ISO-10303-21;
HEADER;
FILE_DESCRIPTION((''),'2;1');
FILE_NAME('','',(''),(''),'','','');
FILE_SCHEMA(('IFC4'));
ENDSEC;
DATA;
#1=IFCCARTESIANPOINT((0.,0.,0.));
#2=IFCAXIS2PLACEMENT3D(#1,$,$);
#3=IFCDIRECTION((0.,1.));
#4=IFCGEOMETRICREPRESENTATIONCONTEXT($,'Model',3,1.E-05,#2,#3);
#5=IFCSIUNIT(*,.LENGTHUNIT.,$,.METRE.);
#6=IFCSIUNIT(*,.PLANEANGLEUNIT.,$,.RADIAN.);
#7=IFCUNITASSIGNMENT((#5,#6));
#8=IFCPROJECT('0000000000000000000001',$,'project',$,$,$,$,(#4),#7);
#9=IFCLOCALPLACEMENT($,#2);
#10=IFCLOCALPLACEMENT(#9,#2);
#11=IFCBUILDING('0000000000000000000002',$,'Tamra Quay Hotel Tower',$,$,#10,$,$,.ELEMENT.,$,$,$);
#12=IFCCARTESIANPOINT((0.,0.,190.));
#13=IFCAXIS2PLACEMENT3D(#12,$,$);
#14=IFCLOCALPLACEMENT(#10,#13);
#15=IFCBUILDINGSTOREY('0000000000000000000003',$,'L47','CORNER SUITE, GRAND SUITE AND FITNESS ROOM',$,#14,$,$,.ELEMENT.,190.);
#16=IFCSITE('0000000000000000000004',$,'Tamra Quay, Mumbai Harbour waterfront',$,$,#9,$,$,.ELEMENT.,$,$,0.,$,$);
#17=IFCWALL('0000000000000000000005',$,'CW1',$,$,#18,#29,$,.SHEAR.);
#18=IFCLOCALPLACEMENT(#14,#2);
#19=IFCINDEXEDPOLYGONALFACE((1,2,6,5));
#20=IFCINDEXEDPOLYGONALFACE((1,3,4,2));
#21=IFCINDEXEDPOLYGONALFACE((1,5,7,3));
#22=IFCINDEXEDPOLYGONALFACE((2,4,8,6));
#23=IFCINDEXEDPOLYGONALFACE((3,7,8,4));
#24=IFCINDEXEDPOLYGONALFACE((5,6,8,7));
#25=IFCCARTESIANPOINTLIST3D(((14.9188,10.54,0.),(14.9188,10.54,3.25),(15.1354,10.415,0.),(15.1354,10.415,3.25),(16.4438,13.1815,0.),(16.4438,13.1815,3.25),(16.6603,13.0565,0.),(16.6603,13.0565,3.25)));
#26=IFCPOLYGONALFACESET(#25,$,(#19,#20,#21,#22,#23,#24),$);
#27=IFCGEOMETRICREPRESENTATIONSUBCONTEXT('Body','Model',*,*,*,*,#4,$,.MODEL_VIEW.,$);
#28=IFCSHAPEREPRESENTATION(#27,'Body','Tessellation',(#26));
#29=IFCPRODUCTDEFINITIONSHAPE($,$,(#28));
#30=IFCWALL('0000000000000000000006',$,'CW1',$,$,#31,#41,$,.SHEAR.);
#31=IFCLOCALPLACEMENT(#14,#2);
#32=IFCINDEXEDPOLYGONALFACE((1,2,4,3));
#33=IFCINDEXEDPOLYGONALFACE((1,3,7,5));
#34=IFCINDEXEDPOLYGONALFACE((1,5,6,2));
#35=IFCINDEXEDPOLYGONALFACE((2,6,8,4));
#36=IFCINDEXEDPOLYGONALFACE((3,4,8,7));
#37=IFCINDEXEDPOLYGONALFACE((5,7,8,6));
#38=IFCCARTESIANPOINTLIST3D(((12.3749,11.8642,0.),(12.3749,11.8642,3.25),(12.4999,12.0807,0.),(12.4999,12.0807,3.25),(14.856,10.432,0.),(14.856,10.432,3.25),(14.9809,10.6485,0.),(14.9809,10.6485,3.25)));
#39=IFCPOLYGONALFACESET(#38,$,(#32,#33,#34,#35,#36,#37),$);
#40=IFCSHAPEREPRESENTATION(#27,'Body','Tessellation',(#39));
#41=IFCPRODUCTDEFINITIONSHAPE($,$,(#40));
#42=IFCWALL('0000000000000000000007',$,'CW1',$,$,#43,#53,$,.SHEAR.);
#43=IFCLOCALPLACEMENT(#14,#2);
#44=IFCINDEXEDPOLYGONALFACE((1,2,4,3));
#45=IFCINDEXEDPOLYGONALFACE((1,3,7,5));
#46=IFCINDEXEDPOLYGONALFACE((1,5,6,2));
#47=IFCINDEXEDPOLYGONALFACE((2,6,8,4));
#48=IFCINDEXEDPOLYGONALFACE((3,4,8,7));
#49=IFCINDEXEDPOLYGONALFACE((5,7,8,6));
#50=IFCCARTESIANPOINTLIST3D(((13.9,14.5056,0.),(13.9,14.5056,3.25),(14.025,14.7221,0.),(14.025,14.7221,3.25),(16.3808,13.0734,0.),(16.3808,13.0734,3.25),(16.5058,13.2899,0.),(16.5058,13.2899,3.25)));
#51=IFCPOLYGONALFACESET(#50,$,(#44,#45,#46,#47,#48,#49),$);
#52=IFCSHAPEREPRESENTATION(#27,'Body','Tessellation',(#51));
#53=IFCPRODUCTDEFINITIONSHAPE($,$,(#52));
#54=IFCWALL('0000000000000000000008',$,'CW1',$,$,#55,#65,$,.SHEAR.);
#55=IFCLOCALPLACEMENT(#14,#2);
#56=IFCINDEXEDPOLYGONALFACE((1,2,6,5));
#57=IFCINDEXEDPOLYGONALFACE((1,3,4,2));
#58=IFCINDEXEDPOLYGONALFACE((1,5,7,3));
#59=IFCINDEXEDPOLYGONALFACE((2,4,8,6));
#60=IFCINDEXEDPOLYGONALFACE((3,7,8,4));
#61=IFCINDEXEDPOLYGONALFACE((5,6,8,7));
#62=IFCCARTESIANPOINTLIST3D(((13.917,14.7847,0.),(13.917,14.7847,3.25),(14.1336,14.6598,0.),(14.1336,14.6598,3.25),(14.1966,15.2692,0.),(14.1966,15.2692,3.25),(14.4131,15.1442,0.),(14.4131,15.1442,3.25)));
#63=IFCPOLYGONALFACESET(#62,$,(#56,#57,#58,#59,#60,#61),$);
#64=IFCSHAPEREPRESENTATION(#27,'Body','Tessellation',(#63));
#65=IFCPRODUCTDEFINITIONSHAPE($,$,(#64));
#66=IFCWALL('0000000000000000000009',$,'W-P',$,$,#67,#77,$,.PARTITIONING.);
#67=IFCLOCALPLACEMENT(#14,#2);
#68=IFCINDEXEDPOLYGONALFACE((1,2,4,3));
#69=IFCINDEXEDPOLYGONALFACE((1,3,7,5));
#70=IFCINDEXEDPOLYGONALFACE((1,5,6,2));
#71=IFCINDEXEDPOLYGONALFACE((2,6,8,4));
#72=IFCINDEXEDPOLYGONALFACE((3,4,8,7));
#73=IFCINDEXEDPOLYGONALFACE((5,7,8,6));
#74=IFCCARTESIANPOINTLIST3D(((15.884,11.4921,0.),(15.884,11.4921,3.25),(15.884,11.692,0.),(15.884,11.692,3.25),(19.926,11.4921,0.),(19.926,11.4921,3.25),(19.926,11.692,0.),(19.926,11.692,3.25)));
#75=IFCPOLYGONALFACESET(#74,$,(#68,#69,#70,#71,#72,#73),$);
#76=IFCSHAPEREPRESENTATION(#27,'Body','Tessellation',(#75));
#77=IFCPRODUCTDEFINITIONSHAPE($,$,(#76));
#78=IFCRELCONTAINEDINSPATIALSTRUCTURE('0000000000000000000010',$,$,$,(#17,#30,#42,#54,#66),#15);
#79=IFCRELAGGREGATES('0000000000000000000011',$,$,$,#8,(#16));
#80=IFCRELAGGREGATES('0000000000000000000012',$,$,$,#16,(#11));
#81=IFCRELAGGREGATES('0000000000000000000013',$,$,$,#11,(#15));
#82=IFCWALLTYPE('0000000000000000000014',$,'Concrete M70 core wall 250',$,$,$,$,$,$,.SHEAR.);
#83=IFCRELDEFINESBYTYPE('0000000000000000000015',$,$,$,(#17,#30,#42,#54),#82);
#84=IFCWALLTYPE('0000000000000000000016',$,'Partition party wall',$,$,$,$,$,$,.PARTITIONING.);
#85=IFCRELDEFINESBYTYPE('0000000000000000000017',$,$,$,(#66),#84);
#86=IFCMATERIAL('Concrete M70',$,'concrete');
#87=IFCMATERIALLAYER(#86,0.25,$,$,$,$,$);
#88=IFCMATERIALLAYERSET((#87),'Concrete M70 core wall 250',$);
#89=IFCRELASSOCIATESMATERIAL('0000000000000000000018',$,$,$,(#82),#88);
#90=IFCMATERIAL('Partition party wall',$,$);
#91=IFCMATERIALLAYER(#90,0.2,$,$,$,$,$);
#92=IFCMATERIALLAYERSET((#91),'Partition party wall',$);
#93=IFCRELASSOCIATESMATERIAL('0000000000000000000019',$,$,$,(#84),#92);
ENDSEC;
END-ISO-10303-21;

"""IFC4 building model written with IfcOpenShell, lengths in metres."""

from ifc_helpers import new_model, si_unit, direction, frame, frame_2d, origin, place, context, subcontext, project, spatial, rectangle, extrude, material, layer, layer_set, type_object, element, save


model = new_model("IFC4")

# Units and contexts
model_context = context("Model", 3, precision=1e-05, world=origin(), true_north=direction((0.0, 1.0)))
body_context = subcontext(model_context, "Body", "Model", "MODEL_VIEW")
ifc_project = project(units=[si_unit("LENGTHUNIT", "METRE"), si_unit("PLANEANGLEUNIT", "RADIAN")], contexts=[model_context])

# Site, building, storey
site_placement = place(None, origin())
site = spatial("IfcSite", under=ifc_project, at=site_placement, Name="Tamra Quay, Mumbai Harbour waterfront", CompositionType="ELEMENT", RefElevation=0.0)
building_placement = place(site_placement, origin())
building = spatial("IfcBuilding", under=site, at=building_placement, Name="Tamra Quay Hotel Tower", CompositionType="ELEMENT")
storey_placement = place(building_placement, frame((0.0, 0.0, 190.0)))
storey = spatial("IfcBuildingStorey", under=building, at=storey_placement, Name="L47", Description="CORNER SUITE, GRAND SUITE AND FITNESS ROOM", CompositionType="ELEMENT", Elevation=190.0)

# Shared definitions
ifc_material_1 = material(Name="Concrete M70", Category="concrete")

# Walls
ifc_layer_1 = layer(ifc_material_1, 0.25)
ifc_layer_set_1 = layer_set([ifc_layer_1], Name="Concrete M70 core wall 250")
wall_type_1 = type_object("IfcWallType", Name="Concrete M70 core wall 250", PredefinedType="SHEAR", material=ifc_layer_set_1)
wall_1_placement = place(storey_placement, frame((16.552, 13.1189, 0.0), z_axis=(0.0, 0.0, 1.0), x_axis=(-0.499979, -0.866038, 0.0)))
element("IfcWall", 1, at=wall_1_placement, inside=storey, type_object=wall_type_1, Name="CW1", PredefinedType="SHEAR", context=body_context, shape_type="SweptSolid", body=[
    extrude(rectangle(XDim=3.05, YDim=0.25, at=frame_2d((1.5249, 0.0))), origin(), (0.0, 0.0, 1.0), 3.25),
])
wall_2_placement = place(storey_placement, frame((14.9185, 10.5403, 0.0), z_axis=(0.0, 0.0, 1.0), x_axis=(-0.866064, 0.499934, 0.0)))
element("IfcWall", 2, at=wall_2_placement, inside=storey, type_object=wall_type_1, Name="CW1", PredefinedType="SHEAR", context=body_context, shape_type="SweptSolid", body=[
    extrude(rectangle(XDim=2.8647, YDim=0.25, at=frame_2d((1.4324, 0.0))), origin(), (0.0, 0.0, 1.0), 3.25),
])
wall_3_placement = place(storey_placement, frame((13.9626, 14.6138, 0.0), z_axis=(0.0, 0.0, 1.0), x_axis=(0.866042, -0.499971, 0.0)))
element("IfcWall", 3, at=wall_3_placement, inside=storey, type_object=wall_type_1, Name="CW1", PredefinedType="SHEAR", context=body_context, shape_type="SweptSolid", body=[
    extrude(rectangle(XDim=2.8645, YDim=0.25, at=frame_2d((1.4321, 0.0))), origin(), (0.0, 0.0, 1.0), 3.25),
])
wall_4_placement = place(storey_placement, frame((14.3049, 15.2068, 0.0), z_axis=(0.0, 0.0, 1.0), x_axis=(-0.499848, -0.866113, 0.0)))
element("IfcWall", 4, at=wall_4_placement, inside=storey, type_object=wall_type_1, Name="CW1", PredefinedType="SHEAR", context=body_context, shape_type="SweptSolid", body=[
    extrude(rectangle(XDim=0.5593, YDim=0.25, at=frame_2d((0.2798, 0.0))), origin(), (0.0, 0.0, 1.0), 3.25),
])
ifc_material_2 = material(Name="Partition party wall")
ifc_layer_2 = layer(ifc_material_2, 0.2)
ifc_layer_set_2 = layer_set([ifc_layer_2], Name="Partition party wall")
wall_type_2 = type_object("IfcWallType", Name="Partition party wall", PredefinedType="PARTITIONING", material=ifc_layer_set_2)
wall_5_placement = place(storey_placement, frame((15.884, 11.592, 0.0), z_axis=(0.0, 0.0, 1.0), x_axis=(1.0, 0.0, 0.0)))
element("IfcWall", 5, at=wall_5_placement, inside=storey, type_object=wall_type_2, Name="W-P", PredefinedType="PARTITIONING", context=body_context, shape_type="SweptSolid", body=[
    extrude(rectangle(XDim=4.042, YDim=0.2, at=frame_2d((2.021, 0.0))), origin(), (0.0, 0.0, 1.0), 3.25),
])

save(model, "model.ifc")
